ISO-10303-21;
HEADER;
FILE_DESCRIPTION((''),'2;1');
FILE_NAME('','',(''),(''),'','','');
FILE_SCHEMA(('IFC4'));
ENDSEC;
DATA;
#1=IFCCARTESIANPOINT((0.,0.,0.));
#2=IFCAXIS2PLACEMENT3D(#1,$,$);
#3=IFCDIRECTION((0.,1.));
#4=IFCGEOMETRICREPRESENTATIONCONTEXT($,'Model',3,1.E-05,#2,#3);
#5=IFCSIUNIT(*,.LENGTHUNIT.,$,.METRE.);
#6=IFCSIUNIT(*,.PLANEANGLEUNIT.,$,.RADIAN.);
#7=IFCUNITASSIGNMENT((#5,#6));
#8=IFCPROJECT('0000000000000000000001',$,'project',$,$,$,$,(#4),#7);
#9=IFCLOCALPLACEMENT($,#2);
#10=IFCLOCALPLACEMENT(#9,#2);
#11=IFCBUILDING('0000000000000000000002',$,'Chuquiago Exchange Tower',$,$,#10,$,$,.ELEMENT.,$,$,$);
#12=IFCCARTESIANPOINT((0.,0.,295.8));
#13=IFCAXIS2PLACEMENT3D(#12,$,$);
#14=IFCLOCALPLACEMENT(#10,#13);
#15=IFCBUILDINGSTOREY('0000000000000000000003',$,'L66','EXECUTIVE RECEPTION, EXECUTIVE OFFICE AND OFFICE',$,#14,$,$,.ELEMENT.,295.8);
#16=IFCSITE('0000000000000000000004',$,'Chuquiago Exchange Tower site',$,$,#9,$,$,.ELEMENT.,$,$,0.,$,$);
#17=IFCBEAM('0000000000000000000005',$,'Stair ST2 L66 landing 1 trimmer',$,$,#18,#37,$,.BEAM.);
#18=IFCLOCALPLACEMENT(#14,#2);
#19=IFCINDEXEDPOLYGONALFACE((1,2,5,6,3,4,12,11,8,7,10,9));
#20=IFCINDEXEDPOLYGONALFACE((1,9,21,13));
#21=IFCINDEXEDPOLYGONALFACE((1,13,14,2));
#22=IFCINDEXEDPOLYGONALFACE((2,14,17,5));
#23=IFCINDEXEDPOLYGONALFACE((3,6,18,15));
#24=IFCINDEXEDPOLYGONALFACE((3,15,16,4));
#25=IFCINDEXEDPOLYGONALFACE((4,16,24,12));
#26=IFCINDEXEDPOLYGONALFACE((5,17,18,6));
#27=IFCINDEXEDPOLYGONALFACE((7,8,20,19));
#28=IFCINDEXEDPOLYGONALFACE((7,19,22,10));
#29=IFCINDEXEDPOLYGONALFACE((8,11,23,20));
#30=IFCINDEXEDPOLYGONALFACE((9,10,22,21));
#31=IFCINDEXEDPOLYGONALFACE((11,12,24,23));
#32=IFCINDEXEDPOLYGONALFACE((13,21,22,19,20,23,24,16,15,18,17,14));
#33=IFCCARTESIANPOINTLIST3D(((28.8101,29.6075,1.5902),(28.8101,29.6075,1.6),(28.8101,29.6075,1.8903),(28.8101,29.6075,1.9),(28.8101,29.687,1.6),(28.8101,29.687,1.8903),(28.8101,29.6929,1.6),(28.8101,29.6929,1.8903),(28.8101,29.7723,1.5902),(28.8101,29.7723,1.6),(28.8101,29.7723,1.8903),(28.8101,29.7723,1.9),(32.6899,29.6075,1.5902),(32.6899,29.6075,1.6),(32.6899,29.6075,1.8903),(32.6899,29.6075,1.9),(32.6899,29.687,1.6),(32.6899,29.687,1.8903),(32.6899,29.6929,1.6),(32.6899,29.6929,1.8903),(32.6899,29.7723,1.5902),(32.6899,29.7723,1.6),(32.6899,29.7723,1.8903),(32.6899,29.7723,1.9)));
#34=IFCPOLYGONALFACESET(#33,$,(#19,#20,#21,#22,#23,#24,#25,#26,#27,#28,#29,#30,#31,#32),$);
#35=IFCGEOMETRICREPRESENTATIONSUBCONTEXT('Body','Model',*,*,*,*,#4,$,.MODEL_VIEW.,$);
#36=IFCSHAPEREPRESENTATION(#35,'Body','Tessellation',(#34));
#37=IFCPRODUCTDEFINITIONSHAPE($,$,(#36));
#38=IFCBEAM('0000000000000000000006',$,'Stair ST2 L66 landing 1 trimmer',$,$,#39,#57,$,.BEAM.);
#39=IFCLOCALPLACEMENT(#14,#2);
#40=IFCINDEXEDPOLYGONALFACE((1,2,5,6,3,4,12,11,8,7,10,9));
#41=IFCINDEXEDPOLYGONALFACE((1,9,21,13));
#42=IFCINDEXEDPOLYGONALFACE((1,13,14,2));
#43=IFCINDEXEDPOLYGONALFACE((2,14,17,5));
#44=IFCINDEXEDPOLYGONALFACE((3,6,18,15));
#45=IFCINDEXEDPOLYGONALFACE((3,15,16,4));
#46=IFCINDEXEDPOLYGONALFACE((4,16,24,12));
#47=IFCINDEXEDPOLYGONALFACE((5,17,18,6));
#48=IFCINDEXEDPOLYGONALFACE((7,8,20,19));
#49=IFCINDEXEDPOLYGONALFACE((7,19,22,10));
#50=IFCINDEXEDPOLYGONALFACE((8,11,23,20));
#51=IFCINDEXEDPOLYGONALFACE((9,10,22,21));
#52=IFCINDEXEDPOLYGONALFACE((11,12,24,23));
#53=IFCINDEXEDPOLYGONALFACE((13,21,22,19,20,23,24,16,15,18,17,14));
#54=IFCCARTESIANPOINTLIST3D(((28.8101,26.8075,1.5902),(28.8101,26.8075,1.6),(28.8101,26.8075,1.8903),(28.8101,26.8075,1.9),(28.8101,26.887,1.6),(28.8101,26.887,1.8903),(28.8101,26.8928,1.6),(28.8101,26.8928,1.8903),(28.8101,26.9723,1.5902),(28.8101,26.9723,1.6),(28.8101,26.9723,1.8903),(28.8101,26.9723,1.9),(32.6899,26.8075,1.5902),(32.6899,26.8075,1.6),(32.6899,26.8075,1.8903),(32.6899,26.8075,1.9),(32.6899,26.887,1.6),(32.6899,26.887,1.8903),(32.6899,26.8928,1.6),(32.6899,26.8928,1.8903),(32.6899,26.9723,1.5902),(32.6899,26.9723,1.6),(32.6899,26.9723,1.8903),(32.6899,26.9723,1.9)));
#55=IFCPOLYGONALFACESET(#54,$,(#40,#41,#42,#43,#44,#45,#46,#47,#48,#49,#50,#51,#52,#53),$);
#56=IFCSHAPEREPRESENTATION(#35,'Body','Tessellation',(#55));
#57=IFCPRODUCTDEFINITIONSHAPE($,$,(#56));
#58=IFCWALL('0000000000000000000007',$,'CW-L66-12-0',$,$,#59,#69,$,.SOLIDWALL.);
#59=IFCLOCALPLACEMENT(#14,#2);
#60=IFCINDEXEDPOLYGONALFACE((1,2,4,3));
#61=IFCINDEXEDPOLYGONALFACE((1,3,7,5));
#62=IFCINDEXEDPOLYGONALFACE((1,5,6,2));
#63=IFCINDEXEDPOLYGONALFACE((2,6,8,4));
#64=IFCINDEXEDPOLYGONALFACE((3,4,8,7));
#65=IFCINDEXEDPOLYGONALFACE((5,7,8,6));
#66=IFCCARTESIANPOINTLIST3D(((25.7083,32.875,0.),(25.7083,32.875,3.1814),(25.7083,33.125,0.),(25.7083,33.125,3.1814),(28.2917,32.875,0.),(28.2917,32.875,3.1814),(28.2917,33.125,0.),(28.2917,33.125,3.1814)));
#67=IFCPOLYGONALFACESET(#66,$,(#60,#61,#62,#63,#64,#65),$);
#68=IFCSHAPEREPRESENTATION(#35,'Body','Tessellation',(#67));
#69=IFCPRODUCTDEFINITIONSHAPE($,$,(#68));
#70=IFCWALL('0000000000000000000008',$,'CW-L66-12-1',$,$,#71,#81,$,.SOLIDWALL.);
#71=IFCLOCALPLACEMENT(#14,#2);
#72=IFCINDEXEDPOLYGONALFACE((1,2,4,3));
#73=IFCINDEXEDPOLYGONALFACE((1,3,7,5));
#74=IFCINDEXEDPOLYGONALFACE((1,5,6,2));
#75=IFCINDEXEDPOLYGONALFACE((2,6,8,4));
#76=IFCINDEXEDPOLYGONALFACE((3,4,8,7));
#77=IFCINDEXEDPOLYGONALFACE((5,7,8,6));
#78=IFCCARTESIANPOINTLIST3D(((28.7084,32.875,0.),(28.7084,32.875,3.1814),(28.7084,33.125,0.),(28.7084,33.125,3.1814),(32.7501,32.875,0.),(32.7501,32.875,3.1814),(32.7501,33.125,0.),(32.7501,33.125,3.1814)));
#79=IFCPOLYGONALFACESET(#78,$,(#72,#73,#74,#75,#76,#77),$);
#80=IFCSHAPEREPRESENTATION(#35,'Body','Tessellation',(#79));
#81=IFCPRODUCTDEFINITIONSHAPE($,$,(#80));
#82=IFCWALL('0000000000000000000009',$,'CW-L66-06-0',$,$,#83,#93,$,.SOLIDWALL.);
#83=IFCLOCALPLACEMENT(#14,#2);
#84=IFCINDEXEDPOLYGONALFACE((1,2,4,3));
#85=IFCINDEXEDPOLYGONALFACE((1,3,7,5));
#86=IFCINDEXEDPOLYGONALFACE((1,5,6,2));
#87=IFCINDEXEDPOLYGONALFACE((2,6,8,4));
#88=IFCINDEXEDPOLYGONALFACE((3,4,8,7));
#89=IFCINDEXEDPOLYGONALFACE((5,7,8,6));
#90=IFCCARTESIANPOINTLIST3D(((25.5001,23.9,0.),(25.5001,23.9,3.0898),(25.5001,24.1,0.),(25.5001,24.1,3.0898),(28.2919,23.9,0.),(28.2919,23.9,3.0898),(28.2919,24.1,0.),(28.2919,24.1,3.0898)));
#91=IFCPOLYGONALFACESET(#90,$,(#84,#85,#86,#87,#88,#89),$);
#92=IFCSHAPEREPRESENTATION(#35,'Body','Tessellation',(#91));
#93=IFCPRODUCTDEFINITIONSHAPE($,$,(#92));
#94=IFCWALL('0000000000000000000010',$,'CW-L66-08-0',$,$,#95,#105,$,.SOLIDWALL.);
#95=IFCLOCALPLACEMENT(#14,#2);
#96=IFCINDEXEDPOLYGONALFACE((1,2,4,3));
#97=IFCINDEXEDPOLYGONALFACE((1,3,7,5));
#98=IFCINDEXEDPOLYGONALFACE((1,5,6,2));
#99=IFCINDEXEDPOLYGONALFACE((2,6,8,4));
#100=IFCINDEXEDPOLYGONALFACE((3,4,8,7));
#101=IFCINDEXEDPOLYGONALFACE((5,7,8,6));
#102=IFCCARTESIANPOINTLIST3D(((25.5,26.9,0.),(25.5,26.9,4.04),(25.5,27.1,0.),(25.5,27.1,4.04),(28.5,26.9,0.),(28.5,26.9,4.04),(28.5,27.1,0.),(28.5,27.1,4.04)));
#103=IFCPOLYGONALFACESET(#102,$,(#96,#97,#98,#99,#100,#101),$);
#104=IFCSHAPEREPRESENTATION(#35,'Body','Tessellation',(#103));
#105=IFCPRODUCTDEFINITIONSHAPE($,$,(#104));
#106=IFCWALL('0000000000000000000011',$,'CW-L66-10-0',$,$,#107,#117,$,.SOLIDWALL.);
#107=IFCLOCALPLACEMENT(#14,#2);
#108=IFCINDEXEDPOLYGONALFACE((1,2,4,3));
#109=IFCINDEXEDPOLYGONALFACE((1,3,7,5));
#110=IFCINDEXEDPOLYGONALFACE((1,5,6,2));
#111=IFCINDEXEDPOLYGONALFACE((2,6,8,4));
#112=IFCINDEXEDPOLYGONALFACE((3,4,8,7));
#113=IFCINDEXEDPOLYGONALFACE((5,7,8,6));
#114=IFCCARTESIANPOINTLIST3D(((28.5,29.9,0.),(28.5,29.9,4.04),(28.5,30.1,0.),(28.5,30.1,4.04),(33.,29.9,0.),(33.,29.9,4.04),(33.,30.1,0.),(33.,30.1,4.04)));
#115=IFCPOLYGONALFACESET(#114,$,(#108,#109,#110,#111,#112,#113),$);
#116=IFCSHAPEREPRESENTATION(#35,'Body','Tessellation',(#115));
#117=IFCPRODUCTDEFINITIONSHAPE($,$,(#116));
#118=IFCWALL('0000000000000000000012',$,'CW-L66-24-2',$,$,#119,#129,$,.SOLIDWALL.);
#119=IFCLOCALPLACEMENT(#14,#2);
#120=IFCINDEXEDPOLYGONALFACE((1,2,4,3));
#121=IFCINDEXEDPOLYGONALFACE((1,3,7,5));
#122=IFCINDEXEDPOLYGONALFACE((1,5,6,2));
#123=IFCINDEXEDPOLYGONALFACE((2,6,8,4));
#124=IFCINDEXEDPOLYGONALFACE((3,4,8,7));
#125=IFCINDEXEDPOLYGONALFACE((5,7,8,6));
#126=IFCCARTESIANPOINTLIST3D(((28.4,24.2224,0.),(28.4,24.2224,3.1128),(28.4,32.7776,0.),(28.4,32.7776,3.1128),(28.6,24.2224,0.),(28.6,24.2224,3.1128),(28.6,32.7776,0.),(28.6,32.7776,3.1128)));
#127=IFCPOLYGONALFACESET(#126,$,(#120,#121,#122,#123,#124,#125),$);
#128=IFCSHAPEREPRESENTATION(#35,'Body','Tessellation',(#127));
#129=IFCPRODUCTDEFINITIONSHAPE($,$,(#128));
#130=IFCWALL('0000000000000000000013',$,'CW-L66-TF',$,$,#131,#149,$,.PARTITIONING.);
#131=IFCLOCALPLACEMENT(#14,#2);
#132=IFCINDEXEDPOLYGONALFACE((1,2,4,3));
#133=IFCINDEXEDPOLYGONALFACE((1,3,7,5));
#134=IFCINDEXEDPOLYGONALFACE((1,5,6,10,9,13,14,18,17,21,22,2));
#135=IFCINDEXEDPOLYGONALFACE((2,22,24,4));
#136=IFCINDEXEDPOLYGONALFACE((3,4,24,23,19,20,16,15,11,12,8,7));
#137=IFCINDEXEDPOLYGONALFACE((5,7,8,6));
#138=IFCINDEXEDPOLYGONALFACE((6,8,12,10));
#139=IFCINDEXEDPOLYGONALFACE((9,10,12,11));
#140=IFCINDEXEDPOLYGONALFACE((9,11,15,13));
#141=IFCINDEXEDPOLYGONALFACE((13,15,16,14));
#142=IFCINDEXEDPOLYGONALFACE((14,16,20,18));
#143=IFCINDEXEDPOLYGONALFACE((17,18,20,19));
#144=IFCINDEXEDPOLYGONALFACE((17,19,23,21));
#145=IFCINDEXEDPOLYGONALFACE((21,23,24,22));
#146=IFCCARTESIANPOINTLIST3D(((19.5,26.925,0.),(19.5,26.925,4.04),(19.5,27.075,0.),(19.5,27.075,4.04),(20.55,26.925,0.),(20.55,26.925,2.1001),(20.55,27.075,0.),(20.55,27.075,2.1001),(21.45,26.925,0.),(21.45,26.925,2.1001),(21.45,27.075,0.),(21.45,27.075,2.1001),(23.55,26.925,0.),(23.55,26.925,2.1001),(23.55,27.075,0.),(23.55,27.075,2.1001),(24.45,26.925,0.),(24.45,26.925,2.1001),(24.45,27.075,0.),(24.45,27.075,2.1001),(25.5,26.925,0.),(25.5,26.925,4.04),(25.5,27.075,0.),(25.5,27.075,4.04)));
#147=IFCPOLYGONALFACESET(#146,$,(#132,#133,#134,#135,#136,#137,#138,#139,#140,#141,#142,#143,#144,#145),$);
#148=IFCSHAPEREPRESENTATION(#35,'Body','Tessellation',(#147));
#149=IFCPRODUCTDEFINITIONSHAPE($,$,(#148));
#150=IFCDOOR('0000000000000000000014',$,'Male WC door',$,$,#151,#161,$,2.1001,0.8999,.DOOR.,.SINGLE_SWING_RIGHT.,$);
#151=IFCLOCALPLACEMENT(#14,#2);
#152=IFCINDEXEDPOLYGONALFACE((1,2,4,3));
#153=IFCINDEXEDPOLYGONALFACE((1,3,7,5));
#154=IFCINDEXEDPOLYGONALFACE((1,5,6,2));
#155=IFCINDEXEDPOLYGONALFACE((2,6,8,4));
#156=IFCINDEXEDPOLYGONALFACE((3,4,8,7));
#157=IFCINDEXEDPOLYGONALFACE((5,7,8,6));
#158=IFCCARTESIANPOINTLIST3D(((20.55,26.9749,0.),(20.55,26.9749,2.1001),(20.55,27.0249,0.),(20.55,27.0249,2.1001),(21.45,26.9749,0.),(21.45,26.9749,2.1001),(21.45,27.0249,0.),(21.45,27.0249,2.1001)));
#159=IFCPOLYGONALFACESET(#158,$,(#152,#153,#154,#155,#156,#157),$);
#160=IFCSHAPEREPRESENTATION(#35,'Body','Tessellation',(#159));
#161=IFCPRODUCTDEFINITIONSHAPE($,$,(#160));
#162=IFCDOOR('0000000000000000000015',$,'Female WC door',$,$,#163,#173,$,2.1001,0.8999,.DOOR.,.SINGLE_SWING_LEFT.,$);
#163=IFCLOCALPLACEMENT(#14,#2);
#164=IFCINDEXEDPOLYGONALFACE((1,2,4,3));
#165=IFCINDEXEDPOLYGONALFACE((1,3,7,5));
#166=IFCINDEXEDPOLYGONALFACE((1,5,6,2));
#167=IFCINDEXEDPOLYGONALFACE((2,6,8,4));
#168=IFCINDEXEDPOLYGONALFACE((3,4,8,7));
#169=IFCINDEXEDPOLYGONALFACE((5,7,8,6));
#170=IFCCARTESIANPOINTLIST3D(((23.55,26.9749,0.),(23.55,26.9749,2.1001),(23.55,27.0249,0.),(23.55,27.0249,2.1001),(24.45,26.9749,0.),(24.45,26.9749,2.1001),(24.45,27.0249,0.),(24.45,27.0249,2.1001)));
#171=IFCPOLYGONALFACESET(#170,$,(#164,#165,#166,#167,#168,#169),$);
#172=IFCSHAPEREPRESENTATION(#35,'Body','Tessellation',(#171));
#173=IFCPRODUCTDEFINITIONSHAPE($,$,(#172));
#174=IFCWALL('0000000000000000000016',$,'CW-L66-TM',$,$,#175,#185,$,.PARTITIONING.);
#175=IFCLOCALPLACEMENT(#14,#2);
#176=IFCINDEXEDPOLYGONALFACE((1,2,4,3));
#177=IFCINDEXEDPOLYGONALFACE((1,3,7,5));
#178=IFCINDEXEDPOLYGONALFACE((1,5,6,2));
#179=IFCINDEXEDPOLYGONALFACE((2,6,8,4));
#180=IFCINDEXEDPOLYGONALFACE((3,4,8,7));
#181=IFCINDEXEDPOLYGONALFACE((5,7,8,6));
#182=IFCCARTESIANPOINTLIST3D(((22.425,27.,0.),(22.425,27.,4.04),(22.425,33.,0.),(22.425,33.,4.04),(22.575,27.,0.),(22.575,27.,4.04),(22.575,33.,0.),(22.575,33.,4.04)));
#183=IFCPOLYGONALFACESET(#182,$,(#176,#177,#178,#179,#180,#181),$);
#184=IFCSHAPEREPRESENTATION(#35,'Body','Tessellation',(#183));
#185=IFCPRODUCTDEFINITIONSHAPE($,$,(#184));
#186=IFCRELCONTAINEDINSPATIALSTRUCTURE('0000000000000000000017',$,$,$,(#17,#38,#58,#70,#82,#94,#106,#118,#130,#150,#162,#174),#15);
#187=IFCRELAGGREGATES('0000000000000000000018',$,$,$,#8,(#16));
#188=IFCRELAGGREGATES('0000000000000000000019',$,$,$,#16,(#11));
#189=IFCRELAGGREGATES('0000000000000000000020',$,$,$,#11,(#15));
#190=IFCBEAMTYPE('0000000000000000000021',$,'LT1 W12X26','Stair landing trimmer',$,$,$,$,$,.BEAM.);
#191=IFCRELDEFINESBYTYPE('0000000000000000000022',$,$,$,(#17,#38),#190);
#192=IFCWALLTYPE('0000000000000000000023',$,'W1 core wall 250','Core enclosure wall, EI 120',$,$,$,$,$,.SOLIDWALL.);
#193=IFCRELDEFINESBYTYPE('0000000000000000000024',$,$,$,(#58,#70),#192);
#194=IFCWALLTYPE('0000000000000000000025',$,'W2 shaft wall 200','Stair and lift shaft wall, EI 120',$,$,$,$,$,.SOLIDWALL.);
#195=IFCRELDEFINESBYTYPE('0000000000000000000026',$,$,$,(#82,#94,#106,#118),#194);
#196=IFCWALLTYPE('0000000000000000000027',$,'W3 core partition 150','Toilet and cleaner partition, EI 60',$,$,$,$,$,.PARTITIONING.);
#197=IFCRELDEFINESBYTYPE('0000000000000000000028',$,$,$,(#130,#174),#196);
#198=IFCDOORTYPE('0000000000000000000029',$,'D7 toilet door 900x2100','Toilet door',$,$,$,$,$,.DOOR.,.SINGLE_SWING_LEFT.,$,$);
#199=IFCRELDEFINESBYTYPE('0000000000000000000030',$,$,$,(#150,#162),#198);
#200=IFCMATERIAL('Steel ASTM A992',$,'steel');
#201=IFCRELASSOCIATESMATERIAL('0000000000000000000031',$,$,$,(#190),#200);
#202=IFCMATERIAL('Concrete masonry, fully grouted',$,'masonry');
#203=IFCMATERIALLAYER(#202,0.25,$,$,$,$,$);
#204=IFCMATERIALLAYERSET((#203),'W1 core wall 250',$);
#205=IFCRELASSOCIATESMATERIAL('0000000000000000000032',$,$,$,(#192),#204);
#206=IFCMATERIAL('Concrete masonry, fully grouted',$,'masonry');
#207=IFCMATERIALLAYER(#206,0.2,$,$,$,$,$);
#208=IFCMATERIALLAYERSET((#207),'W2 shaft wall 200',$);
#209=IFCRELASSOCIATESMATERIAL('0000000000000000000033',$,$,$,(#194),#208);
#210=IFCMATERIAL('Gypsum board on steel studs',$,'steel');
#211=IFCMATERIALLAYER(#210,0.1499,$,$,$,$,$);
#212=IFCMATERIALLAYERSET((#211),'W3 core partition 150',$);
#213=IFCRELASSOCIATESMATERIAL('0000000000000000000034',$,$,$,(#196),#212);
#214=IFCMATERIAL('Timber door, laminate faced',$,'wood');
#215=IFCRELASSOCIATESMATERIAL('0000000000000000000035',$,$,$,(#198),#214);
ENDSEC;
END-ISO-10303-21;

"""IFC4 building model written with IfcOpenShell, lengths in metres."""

from ifc_helpers import new_model, si_unit, direction, frame, frame_2d, origin, origin_2d, place, context, subcontext, project, spatial, rectangle, i_section, extrude, material, layer, layer_set, material_profile, profile_set, type_object, element, fill, save


model = new_model("IFC4")

# Units and contexts
model_context = context("Model", 3, precision=1e-05, world=origin(), true_north=direction((0.0, 1.0)))
body_context = subcontext(model_context, "Body", "Model", "MODEL_VIEW")
ifc_project = project(units=[si_unit("LENGTHUNIT", "METRE"), si_unit("PLANEANGLEUNIT", "RADIAN")], contexts=[model_context])

# Site, building, storey
site_placement = place(None, origin())
site = spatial("IfcSite", under=ifc_project, at=site_placement, Name="Chuquiago Exchange Tower site", CompositionType="ELEMENT", RefElevation=0.0)
building_placement = place(site_placement, origin())
building = spatial("IfcBuilding", under=site, at=building_placement, Name="Chuquiago Exchange Tower", CompositionType="ELEMENT")
storey_placement = place(building_placement, frame((0.0, 0.0, 295.8)))
storey = spatial("IfcBuildingStorey", under=building, at=storey_placement, Name="L66", Description="EXECUTIVE RECEPTION, EXECUTIVE OFFICE AND OFFICE", CompositionType="ELEMENT", Elevation=295.8)

# Beams
ifc_material_1 = material(Name="Steel ASTM A992", Category="steel")
ifc_material_profile_1 = material_profile(ifc_material_1, i_section(OverallWidth=0.1648, OverallDepth=0.3098, WebThickness=0.0059, FlangeThickness=0.0098, at=origin_2d()), Name="W12X26")
ifc_profile_set_1 = profile_set([ifc_material_profile_1], Name="Steel ASTM A992")
beam_type_1 = type_object("IfcBeamType", Name="LT1 W12X26", Description="Stair landing trimmer", PredefinedType="BEAM", material=ifc_profile_set_1)
for number, where, z_axis, x_axis, name in (
    (1, (28.8101, 29.6899, 1.7451), (1.0, 0.0, 0.0), (0.0, 1.0, 0.0), "Stair ST2 L66 landing 1 trimmer"),
    (2, (28.8101, 26.8899, 1.7451), (1.0, 0.0, 0.0), (0.0, 1.0, 0.0), "Stair ST2 L66 landing 1 trimmer"),
):
    element("IfcBeam", number, at=place(storey_placement, frame(where, z_axis=z_axis, x_axis=x_axis)), inside=storey, type_object=beam_type_1, Name=name, PredefinedType="BEAM", context=body_context, shape_type="SweptSolid", body=[
        extrude(i_section(OverallWidth=0.1648, OverallDepth=0.3098, WebThickness=0.0059, FlangeThickness=0.0098, at=origin_2d()), origin(), (0.0, 0.0, 1.0), 3.8799),
    ])

# Walls
ifc_material_2 = material(Name="Concrete masonry, fully grouted", Category="masonry")
ifc_layer_1 = layer(ifc_material_2, 0.25)
ifc_layer_set_1 = layer_set([ifc_layer_1], Name="W1 core wall 250")
wall_type_1 = type_object("IfcWallType", Name="W1 core wall 250", Description="Core enclosure wall, EI 120", PredefinedType="SOLIDWALL", material=ifc_layer_set_1)
wall_1_placement = place(storey_placement, frame((25.7083, 33.0, 0.0), z_axis=(0.0, 0.0, 1.0), x_axis=(1.0, 0.0, 0.0)))
element("IfcWall", 3, at=wall_1_placement, inside=storey, type_object=wall_type_1, Name="CW-L66-12-0", PredefinedType="SOLIDWALL", context=body_context, shape_type="SweptSolid", body=[
    extrude(rectangle(XDim=2.5835, YDim=0.25, at=frame_2d((1.2917, 0.0))), origin(), (0.0, 0.0, 1.0), 3.1814),
])
wall_2_placement = place(storey_placement, frame((28.7083, 33.0, 0.0), z_axis=(0.0, 0.0, 1.0), x_axis=(1.0, 0.0, 0.0)))
element("IfcWall", 4, at=wall_2_placement, inside=storey, type_object=wall_type_1, Name="CW-L66-12-1", PredefinedType="SOLIDWALL", context=body_context, shape_type="SweptSolid", body=[
    extrude(rectangle(XDim=4.0417, YDim=0.25, at=frame_2d((2.021, 0.0))), origin(), (0.0, 0.0, 1.0), 3.1814),
])
ifc_material_3 = material(Name="Concrete masonry, fully grouted", Category="masonry")
ifc_layer_2 = layer(ifc_material_3, 0.2)
ifc_layer_set_2 = layer_set([ifc_layer_2], Name="W2 shaft wall 200")
wall_type_2 = type_object("IfcWallType", Name="W2 shaft wall 200", Description="Stair and lift shaft wall, EI 120", PredefinedType="SOLIDWALL", material=ifc_layer_set_2)
wall_3_placement = place(storey_placement, frame((25.5, 24.0, 0.0), z_axis=(0.0, 0.0, 1.0), x_axis=(1.0, 0.0, 0.0)))
element("IfcWall", 5, at=wall_3_placement, inside=storey, type_object=wall_type_2, Name="CW-L66-06-0", PredefinedType="SOLIDWALL", context=body_context, shape_type="SweptSolid", body=[
    extrude(rectangle(XDim=2.7917, YDim=0.2, at=frame_2d((1.396, 0.0))), origin(), (0.0, 0.0, 1.0), 3.0898),
])
wall_4_placement = place(storey_placement, frame((25.5, 27.0, 0.0), z_axis=(0.0, 0.0, 1.0), x_axis=(1.0, 0.0, 0.0)))
element("IfcWall", 6, at=wall_4_placement, inside=storey, type_object=wall_type_2, Name="CW-L66-08-0", PredefinedType="SOLIDWALL", context=body_context, shape_type="SweptSolid", body=[
    extrude(rectangle(XDim=3.0, YDim=0.2, at=frame_2d((1.5, 0.0))), origin(), (0.0, 0.0, 1.0), 4.04),
])
wall_5_placement = place(storey_placement, frame((28.5, 30.0, 0.0), z_axis=(0.0, 0.0, 1.0), x_axis=(1.0, 0.0, 0.0)))
element("IfcWall", 7, at=wall_5_placement, inside=storey, type_object=wall_type_2, Name="CW-L66-10-0", PredefinedType="SOLIDWALL", context=body_context, shape_type="SweptSolid", body=[
    extrude(rectangle(XDim=4.5, YDim=0.2, at=frame_2d((2.25, 0.0))), origin(), (0.0, 0.0, 1.0), 4.04),
])
wall_6_placement = place(storey_placement, frame((28.5, 24.2224, 0.0), z_axis=(0.0, 0.0, 1.0), x_axis=(0.0, 1.0, 0.0)))
element("IfcWall", 8, at=wall_6_placement, inside=storey, type_object=wall_type_2, Name="CW-L66-24-2", PredefinedType="SOLIDWALL", context=body_context, shape_type="SweptSolid", body=[
    extrude(rectangle(XDim=8.5552, YDim=0.2, at=frame_2d((4.2776, 0.0))), origin(), (0.0, 0.0, 1.0), 3.1128),
])

# Wall, openings, doors
ifc_material_4 = material(Name="Gypsum board on steel studs", Category="steel")
ifc_layer_3 = layer(ifc_material_4, 0.1499)
ifc_layer_set_3 = layer_set([ifc_layer_3], Name="W3 core partition 150")
wall_type_3 = type_object("IfcWallType", Name="W3 core partition 150", Description="Toilet and cleaner partition, EI 60", PredefinedType="PARTITIONING", material=ifc_layer_set_3)
wall_7_placement = place(storey_placement, frame((19.5, 27.0, 0.0), z_axis=(0.0, 0.0, 1.0), x_axis=(1.0, 0.0, 0.0)))
wall_7 = element("IfcWall", 9, at=wall_7_placement, inside=storey, type_object=wall_type_3, Name="CW-L66-TF", PredefinedType="PARTITIONING", context=body_context, shape_type="SweptSolid", body=[
    extrude(rectangle(XDim=6.0, YDim=0.1499, at=frame_2d((3.0, 0.0))), origin(), (0.0, 0.0, 1.0), 4.04),
])
opening_1_placement = place(wall_7_placement, frame((1.05, 0.0, 0.0)))
opening_1 = element("IfcOpeningElement", 10, at=opening_1_placement, cuts=wall_7, PredefinedType="OPENING", context=body_context, shape_type="SweptSolid", body=[
    extrude(rectangle(XDim=0.8999, YDim=2.1001, at=frame_2d((0.45, 1.05))), frame((0.0, 0.085, 0.0), z_axis=(0.0, -1.0, 0.0), x_axis=(1.0, 0.0, 0.0)), (0.0, 0.0, 1.0), 0.1699),
])
opening_2_placement = place(wall_7_placement, frame((4.05, 0.0, 0.0)))
opening_2 = element("IfcOpeningElement", 11, at=opening_2_placement, cuts=wall_7, PredefinedType="OPENING", context=body_context, shape_type="SweptSolid", body=[
    extrude(rectangle(XDim=0.8999, YDim=2.1001, at=frame_2d((0.45, 1.05))), frame((0.0, 0.085, 0.0), z_axis=(0.0, -1.0, 0.0), x_axis=(1.0, 0.0, 0.0)), (0.0, 0.0, 1.0), 0.1699),
])
ifc_material_5 = material(Name="Timber door, laminate faced", Category="wood")
door_type_1 = type_object("IfcDoorType", Name="D7 toilet door 900x2100", Description="Toilet door", OperationType="SINGLE_SWING_LEFT", PredefinedType="DOOR", material=ifc_material_5)
door_1_placement = place(opening_1_placement, origin())
door_1 = element("IfcDoor", 12, at=door_1_placement, inside=storey, type_object=door_type_1, Name="Male WC door", OperationType="SINGLE_SWING_RIGHT", OverallHeight=2.1001, OverallWidth=0.8999, PredefinedType="DOOR", context=body_context, shape_type="SweptSolid", body=[
    extrude(rectangle(XDim=0.8999, YDim=2.1001, at=frame_2d((0.45, 1.05))), frame((0.0, 0.0249, 0.0), z_axis=(0.0, -1.0, 0.0), x_axis=(1.0, 0.0, 0.0)), (0.0, 0.0, 1.0), 0.05),
])
fill(opening_1, door_1)
door_2_placement = place(opening_2_placement, origin())
door_2 = element("IfcDoor", 13, at=door_2_placement, inside=storey, type_object=door_type_1, Name="Female WC door", OperationType="SINGLE_SWING_LEFT", OverallHeight=2.1001, OverallWidth=0.8999, PredefinedType="DOOR", context=body_context, shape_type="SweptSolid", body=[
    extrude(rectangle(XDim=0.8999, YDim=2.1001, at=frame_2d((0.45, 1.05))), frame((0.0, 0.0249, 0.0), z_axis=(0.0, -1.0, 0.0), x_axis=(1.0, 0.0, 0.0)), (0.0, 0.0, 1.0), 0.05),
])
fill(opening_2, door_2)

# Wall
wall_8_placement = place(storey_placement, frame((22.5, 27.0, 0.0), z_axis=(0.0, 0.0, 1.0), x_axis=(0.0, 1.0, 0.0)))
element("IfcWall", 14, at=wall_8_placement, inside=storey, type_object=wall_type_3, Name="CW-L66-TM", PredefinedType="PARTITIONING", context=body_context, shape_type="SweptSolid", body=[
    extrude(rectangle(XDim=6.0, YDim=0.1499, at=frame_2d((3.0, 0.0))), origin(), (0.0, 0.0, 1.0), 4.04),
])

save(model, "model.ifc")
